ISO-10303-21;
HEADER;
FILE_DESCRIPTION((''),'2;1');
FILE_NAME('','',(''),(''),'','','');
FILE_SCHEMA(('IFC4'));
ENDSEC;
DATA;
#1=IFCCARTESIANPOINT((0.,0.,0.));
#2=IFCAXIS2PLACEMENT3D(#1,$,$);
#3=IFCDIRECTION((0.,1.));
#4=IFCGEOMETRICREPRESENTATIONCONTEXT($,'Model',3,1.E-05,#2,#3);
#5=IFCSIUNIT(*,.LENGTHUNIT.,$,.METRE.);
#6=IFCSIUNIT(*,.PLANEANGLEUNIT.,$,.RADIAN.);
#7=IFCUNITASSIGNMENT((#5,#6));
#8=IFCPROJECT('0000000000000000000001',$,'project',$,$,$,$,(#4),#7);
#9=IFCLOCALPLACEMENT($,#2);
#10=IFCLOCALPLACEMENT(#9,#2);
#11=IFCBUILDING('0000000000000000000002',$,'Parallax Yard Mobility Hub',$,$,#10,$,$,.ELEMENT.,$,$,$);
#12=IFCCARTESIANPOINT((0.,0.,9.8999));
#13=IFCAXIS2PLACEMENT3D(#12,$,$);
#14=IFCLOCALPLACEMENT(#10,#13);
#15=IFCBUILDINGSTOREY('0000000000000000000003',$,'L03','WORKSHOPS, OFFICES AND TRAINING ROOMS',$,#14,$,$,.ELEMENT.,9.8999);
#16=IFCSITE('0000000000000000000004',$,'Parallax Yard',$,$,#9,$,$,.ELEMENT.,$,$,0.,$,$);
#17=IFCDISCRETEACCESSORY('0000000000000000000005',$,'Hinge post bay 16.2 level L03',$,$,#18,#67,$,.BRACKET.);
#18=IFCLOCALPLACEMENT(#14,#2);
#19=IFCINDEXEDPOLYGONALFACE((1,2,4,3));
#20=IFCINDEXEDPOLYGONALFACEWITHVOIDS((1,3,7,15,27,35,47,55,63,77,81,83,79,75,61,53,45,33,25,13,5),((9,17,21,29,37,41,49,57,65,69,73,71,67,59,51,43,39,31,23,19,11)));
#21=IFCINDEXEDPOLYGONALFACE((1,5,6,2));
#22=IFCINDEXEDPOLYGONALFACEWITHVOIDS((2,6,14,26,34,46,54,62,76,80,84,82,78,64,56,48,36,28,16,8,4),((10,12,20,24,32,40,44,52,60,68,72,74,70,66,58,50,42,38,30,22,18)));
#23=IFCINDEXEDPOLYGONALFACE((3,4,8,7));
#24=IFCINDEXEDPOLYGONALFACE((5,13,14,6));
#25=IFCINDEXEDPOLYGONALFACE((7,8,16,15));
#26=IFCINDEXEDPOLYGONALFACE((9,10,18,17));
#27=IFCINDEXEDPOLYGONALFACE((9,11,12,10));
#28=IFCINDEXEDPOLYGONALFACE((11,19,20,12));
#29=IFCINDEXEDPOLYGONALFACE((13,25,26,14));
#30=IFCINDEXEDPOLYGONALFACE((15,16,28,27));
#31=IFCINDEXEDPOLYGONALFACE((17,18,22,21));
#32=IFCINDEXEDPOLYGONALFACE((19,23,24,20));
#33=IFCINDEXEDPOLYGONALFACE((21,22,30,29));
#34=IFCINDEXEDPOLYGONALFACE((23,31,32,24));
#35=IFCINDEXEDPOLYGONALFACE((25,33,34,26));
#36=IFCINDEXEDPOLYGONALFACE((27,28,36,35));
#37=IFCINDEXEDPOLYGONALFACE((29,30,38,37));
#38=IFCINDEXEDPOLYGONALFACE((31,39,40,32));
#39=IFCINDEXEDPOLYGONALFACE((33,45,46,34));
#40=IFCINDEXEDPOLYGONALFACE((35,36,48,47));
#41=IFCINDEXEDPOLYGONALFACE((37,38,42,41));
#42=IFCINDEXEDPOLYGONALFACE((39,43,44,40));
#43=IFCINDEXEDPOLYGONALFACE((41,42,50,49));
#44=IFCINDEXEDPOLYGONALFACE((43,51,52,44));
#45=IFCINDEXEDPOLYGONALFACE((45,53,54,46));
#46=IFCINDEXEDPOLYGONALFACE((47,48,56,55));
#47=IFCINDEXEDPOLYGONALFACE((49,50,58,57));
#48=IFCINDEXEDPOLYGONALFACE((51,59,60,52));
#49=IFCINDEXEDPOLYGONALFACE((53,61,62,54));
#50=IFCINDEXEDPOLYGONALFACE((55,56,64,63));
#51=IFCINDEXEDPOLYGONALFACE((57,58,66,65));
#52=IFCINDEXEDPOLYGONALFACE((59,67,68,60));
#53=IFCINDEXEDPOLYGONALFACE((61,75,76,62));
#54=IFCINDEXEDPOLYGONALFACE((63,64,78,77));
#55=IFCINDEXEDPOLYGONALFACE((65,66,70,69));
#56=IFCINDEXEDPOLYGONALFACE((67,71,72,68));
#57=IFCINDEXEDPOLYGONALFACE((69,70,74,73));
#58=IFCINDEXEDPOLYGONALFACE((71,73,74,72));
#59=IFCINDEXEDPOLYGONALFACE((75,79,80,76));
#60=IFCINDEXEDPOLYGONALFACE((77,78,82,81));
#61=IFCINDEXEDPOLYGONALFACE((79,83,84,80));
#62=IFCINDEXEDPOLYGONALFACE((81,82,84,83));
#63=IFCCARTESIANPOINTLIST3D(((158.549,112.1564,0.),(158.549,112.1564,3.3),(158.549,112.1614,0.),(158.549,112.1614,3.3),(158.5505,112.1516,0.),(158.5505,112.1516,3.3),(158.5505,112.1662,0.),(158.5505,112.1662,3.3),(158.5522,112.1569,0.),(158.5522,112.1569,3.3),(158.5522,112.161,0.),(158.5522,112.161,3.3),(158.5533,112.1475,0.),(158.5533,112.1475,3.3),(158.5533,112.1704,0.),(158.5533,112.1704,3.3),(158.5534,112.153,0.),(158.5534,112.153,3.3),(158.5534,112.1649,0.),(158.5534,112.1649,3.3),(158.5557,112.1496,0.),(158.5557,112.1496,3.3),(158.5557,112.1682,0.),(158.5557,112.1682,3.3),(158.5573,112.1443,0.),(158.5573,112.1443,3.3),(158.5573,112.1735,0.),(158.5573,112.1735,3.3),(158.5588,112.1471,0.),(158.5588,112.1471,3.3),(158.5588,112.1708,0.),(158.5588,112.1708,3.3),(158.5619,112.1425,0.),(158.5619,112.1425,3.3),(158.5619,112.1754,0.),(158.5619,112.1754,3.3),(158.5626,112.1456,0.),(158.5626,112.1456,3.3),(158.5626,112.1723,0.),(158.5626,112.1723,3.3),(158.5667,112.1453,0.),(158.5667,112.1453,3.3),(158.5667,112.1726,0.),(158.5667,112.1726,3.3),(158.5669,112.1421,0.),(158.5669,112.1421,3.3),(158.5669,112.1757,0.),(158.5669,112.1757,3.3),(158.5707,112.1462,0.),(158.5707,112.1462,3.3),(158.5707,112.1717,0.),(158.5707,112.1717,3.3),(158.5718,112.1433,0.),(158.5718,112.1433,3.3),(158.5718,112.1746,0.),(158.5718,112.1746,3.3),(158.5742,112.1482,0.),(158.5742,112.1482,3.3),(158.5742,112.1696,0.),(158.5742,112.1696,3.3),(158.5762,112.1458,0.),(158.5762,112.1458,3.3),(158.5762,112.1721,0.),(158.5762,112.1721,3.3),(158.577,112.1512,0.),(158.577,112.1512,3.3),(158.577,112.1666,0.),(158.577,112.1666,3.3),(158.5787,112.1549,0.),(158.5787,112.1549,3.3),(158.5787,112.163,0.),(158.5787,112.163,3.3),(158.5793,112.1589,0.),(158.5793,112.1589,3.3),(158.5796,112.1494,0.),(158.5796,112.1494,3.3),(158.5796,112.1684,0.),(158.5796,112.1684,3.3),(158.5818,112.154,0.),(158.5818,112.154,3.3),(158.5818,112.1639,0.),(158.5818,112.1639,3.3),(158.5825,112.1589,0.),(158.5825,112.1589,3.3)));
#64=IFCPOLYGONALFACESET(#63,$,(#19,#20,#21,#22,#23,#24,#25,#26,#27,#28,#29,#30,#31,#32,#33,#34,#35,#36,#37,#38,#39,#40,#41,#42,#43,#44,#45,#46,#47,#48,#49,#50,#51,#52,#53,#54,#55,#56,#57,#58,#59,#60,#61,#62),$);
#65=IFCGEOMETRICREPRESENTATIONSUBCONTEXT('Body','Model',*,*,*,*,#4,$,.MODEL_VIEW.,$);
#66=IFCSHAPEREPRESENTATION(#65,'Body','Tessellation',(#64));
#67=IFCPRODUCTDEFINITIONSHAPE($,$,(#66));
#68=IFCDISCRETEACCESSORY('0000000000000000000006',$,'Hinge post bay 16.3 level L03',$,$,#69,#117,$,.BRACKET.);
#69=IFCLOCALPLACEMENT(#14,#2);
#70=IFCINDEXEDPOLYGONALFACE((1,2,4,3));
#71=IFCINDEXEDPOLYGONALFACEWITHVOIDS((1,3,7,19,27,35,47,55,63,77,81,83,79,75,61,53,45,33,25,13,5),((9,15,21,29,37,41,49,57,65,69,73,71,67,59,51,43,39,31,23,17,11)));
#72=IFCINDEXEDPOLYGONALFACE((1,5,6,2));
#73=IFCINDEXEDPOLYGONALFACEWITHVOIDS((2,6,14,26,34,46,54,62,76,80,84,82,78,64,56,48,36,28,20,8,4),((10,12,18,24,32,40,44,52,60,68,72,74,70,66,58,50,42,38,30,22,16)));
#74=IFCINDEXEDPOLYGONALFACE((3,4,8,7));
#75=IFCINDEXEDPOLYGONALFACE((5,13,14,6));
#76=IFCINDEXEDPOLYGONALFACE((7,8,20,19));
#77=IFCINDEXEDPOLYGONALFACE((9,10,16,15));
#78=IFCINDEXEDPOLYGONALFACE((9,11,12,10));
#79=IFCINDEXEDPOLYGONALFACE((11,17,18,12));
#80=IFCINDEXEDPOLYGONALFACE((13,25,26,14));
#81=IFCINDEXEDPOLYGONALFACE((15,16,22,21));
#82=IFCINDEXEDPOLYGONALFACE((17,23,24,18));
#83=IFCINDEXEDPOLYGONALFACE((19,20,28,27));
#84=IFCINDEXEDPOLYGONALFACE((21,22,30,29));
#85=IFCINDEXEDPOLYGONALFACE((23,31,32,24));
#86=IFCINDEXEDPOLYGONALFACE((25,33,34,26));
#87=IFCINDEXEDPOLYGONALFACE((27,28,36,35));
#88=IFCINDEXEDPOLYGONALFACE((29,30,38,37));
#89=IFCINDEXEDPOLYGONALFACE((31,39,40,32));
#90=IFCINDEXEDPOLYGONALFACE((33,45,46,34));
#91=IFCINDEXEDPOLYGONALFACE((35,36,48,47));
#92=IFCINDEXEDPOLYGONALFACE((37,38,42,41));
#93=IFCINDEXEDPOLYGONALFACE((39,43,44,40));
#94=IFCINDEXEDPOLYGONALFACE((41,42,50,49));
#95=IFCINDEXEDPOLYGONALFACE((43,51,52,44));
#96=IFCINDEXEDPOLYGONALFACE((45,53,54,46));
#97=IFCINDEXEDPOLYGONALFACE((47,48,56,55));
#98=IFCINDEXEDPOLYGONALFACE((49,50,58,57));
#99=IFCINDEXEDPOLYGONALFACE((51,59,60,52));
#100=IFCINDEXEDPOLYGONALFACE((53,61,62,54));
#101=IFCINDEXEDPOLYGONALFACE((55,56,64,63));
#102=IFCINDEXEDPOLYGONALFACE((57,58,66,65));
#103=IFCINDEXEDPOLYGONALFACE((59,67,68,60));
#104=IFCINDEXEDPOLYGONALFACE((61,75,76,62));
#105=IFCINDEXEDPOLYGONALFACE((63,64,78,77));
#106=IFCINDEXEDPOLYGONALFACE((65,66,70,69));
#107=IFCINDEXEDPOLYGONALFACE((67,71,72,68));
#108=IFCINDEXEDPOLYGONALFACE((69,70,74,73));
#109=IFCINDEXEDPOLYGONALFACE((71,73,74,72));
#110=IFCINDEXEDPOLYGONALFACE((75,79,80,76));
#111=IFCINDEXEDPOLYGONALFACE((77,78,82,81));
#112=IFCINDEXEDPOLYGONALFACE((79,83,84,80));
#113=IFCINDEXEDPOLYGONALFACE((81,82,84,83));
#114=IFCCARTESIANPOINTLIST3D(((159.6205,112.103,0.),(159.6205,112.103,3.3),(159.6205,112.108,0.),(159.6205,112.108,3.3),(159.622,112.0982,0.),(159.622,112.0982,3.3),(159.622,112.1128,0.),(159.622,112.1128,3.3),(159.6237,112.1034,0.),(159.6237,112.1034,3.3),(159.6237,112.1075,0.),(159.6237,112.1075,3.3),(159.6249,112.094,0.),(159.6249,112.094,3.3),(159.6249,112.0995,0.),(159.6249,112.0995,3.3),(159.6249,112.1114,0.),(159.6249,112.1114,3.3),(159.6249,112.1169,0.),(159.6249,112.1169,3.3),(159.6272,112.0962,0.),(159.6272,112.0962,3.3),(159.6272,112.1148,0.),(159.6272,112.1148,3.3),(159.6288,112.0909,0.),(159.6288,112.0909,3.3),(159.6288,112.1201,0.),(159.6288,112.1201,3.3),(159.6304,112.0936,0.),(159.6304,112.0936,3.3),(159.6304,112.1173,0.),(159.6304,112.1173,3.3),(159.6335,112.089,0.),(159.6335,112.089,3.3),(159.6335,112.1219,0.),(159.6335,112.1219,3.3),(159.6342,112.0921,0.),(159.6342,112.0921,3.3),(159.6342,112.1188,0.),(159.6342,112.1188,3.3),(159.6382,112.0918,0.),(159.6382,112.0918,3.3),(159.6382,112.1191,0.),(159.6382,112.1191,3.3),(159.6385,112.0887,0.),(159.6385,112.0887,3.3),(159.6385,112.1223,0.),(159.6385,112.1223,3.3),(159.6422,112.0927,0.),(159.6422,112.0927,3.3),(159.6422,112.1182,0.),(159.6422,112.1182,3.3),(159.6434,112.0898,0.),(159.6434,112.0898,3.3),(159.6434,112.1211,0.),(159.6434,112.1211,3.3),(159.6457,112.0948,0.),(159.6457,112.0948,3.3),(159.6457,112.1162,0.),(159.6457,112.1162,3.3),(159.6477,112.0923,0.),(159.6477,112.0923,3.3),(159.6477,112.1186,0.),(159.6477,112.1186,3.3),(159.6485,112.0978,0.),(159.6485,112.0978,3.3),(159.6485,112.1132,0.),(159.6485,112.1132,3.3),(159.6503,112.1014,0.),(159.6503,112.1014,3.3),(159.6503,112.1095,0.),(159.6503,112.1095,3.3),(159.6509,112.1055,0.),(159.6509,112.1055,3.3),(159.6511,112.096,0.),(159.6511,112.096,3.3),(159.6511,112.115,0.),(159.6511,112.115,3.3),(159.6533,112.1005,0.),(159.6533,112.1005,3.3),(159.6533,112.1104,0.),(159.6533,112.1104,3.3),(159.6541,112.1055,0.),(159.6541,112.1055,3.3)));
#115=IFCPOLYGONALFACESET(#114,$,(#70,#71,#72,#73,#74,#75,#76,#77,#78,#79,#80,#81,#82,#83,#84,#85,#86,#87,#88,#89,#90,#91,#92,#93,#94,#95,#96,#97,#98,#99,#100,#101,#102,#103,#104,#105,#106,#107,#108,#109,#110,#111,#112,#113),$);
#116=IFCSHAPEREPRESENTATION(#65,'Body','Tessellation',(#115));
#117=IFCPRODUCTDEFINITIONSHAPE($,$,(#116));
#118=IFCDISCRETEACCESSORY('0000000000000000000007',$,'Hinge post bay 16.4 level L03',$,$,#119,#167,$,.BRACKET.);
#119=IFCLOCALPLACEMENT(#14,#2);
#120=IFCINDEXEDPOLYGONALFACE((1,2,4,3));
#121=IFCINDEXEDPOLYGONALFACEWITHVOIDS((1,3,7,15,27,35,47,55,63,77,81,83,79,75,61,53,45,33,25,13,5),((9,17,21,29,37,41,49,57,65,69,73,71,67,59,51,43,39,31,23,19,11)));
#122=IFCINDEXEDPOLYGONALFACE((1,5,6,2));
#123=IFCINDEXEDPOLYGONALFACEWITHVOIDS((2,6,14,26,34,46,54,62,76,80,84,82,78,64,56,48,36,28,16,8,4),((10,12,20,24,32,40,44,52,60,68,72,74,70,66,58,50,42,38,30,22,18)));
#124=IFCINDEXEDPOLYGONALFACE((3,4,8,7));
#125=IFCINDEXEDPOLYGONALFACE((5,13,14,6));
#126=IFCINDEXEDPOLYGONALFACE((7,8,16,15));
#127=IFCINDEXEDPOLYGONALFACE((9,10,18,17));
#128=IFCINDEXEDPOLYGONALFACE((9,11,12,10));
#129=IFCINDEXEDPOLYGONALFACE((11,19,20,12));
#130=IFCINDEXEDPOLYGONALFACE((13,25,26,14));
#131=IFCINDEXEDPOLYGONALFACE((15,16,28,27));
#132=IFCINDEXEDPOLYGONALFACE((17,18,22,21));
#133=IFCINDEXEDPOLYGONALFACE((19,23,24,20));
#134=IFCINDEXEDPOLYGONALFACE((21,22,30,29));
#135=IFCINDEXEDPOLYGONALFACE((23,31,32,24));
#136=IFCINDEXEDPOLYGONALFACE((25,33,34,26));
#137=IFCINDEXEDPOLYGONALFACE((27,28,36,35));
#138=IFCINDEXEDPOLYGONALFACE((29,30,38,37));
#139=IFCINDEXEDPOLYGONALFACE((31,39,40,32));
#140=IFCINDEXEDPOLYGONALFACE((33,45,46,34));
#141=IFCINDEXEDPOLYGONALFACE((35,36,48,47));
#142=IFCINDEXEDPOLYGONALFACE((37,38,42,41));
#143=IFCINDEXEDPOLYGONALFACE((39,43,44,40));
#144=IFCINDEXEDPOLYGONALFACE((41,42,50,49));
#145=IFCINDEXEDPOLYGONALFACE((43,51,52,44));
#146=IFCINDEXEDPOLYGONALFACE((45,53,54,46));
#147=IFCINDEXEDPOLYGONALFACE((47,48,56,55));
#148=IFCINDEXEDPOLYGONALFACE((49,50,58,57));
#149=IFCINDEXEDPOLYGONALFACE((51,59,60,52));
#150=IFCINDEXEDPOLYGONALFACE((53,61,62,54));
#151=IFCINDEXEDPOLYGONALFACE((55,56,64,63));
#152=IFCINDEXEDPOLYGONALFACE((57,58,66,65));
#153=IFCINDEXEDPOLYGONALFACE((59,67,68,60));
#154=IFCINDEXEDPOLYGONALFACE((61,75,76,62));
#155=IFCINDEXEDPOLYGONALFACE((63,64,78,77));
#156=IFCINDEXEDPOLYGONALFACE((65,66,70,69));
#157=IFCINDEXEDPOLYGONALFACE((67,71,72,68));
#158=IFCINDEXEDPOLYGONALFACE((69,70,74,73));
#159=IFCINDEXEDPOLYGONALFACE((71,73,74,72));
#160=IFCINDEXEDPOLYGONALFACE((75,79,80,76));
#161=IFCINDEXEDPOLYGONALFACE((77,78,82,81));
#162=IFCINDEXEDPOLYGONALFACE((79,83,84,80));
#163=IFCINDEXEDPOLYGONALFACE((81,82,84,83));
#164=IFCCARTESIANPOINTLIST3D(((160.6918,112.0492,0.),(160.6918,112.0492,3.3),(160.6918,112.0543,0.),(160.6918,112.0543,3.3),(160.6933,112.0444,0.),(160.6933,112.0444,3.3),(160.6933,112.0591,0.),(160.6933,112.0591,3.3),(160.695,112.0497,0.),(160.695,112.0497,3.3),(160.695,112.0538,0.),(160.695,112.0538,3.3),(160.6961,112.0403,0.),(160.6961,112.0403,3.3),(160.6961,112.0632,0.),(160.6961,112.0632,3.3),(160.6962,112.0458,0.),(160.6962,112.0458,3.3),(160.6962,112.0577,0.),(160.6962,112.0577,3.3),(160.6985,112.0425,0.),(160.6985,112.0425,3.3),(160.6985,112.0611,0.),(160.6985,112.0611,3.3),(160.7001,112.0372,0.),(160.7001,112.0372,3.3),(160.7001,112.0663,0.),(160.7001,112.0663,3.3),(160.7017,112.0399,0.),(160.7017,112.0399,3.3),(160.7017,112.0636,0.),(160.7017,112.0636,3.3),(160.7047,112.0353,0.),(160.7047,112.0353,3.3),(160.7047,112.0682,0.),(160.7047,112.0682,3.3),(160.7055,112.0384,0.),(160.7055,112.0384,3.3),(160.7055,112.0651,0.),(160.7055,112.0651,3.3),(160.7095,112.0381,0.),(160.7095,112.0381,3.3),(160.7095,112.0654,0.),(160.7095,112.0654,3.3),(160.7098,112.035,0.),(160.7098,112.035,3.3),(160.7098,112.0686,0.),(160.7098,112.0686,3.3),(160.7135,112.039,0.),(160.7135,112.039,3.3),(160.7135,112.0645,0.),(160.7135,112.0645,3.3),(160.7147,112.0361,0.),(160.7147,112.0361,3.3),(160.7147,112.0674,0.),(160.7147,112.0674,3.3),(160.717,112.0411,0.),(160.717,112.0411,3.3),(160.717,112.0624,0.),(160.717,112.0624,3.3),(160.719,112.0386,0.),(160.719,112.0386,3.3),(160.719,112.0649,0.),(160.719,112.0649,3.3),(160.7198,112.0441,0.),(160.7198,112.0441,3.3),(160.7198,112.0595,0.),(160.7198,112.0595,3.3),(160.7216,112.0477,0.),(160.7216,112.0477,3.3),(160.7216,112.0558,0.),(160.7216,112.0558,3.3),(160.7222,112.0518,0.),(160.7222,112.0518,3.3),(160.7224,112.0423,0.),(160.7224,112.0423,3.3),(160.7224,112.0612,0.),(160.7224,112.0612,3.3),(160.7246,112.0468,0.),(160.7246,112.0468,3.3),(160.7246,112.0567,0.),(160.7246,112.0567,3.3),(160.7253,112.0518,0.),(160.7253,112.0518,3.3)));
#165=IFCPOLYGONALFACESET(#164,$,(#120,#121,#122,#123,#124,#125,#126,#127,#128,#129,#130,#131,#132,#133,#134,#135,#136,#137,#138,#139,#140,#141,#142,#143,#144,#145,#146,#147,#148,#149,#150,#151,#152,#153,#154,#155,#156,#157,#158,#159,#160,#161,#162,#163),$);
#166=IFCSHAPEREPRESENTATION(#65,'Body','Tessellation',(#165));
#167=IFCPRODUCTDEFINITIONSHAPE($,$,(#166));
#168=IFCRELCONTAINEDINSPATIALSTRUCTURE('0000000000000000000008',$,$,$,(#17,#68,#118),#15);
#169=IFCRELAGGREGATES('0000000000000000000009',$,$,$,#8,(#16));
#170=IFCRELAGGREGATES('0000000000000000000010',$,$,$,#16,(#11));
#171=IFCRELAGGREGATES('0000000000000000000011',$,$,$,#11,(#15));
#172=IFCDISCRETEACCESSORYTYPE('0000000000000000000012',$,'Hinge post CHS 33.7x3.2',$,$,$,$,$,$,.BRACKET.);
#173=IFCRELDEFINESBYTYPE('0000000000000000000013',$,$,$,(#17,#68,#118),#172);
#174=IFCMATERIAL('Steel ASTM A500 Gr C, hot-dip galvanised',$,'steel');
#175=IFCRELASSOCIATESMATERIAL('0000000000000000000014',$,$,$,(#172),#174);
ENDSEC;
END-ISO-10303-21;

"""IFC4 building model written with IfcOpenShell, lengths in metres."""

from ifc_helpers import new_model, si_unit, direction, frame, origin, origin_2d, place, context, subcontext, project, spatial, hollow_circle, extrude, material, material_profile, profile_set, type_object, element, save


model = new_model("IFC4")

# Units and contexts
model_context = context("Model", 3, precision=1e-05, world=origin(), true_north=direction((0.0, 1.0)))
body_context = subcontext(model_context, "Body", "Model", "MODEL_VIEW")
ifc_project = project(units=[si_unit("LENGTHUNIT", "METRE"), si_unit("PLANEANGLEUNIT", "RADIAN")], contexts=[model_context])

# Site, building, storey
site_placement = place(None, origin())
site = spatial("IfcSite", under=ifc_project, at=site_placement, Name="Parallax Yard", CompositionType="ELEMENT", RefElevation=0.0)
building_placement = place(site_placement, origin())
building = spatial("IfcBuilding", under=site, at=building_placement, Name="Parallax Yard Mobility Hub", CompositionType="ELEMENT")
storey_placement = place(building_placement, frame((0.0, 0.0, 9.8999)))
storey = spatial("IfcBuildingStorey", under=building, at=storey_placement, Name="L03", Description="WORKSHOPS, OFFICES AND TRAINING ROOMS", CompositionType="ELEMENT", Elevation=9.8999)

# Discrete accessories
ifc_material_1 = material(Name="Steel ASTM A500 Gr C, hot-dip galvanised", Category="steel")
ifc_material_profile_1 = material_profile(ifc_material_1, hollow_circle(Radius=0.0168, WallThickness=0.0032, at=origin_2d()), Name="CHS 33.7x3.2")
ifc_profile_set_1 = profile_set([ifc_material_profile_1], Name="Steel ASTM A500 Gr C, hot-dip galvanised")
discrete_accessory_type_1 = type_object("IfcDiscreteAccessoryType", Name="Hinge post CHS 33.7x3.2", PredefinedType="BRACKET", material=ifc_profile_set_1)
for number, where, z_axis, x_axis, name in (
    (1, (158.5657, 112.1589, 0.0), (0.0, 0.0, 1.0), (1.0, 0.0, 0.0), "Hinge post bay 16.2 level L03"),
    (2, (159.6372, 112.1055, 0.0), (0.0, 0.0, 1.0), (1.0, 0.0, 0.0), "Hinge post bay 16.3 level L03"),
    (3, (160.7085, 112.0518, 0.0), (0.0, 0.0, 1.0), (1.0, 0.0, 0.0), "Hinge post bay 16.4 level L03"),
):
    element("IfcDiscreteAccessory", number, at=place(storey_placement, frame(where, z_axis=z_axis, x_axis=x_axis)), inside=storey, type_object=discrete_accessory_type_1, Name=name, PredefinedType="BRACKET", context=body_context, shape_type="SweptSolid", body=[
        extrude(hollow_circle(Radius=0.0168, WallThickness=0.0032, at=origin_2d()), origin(), (0.0, 0.0, 1.0), 3.3),
    ])

save(model, "model.ifc")
